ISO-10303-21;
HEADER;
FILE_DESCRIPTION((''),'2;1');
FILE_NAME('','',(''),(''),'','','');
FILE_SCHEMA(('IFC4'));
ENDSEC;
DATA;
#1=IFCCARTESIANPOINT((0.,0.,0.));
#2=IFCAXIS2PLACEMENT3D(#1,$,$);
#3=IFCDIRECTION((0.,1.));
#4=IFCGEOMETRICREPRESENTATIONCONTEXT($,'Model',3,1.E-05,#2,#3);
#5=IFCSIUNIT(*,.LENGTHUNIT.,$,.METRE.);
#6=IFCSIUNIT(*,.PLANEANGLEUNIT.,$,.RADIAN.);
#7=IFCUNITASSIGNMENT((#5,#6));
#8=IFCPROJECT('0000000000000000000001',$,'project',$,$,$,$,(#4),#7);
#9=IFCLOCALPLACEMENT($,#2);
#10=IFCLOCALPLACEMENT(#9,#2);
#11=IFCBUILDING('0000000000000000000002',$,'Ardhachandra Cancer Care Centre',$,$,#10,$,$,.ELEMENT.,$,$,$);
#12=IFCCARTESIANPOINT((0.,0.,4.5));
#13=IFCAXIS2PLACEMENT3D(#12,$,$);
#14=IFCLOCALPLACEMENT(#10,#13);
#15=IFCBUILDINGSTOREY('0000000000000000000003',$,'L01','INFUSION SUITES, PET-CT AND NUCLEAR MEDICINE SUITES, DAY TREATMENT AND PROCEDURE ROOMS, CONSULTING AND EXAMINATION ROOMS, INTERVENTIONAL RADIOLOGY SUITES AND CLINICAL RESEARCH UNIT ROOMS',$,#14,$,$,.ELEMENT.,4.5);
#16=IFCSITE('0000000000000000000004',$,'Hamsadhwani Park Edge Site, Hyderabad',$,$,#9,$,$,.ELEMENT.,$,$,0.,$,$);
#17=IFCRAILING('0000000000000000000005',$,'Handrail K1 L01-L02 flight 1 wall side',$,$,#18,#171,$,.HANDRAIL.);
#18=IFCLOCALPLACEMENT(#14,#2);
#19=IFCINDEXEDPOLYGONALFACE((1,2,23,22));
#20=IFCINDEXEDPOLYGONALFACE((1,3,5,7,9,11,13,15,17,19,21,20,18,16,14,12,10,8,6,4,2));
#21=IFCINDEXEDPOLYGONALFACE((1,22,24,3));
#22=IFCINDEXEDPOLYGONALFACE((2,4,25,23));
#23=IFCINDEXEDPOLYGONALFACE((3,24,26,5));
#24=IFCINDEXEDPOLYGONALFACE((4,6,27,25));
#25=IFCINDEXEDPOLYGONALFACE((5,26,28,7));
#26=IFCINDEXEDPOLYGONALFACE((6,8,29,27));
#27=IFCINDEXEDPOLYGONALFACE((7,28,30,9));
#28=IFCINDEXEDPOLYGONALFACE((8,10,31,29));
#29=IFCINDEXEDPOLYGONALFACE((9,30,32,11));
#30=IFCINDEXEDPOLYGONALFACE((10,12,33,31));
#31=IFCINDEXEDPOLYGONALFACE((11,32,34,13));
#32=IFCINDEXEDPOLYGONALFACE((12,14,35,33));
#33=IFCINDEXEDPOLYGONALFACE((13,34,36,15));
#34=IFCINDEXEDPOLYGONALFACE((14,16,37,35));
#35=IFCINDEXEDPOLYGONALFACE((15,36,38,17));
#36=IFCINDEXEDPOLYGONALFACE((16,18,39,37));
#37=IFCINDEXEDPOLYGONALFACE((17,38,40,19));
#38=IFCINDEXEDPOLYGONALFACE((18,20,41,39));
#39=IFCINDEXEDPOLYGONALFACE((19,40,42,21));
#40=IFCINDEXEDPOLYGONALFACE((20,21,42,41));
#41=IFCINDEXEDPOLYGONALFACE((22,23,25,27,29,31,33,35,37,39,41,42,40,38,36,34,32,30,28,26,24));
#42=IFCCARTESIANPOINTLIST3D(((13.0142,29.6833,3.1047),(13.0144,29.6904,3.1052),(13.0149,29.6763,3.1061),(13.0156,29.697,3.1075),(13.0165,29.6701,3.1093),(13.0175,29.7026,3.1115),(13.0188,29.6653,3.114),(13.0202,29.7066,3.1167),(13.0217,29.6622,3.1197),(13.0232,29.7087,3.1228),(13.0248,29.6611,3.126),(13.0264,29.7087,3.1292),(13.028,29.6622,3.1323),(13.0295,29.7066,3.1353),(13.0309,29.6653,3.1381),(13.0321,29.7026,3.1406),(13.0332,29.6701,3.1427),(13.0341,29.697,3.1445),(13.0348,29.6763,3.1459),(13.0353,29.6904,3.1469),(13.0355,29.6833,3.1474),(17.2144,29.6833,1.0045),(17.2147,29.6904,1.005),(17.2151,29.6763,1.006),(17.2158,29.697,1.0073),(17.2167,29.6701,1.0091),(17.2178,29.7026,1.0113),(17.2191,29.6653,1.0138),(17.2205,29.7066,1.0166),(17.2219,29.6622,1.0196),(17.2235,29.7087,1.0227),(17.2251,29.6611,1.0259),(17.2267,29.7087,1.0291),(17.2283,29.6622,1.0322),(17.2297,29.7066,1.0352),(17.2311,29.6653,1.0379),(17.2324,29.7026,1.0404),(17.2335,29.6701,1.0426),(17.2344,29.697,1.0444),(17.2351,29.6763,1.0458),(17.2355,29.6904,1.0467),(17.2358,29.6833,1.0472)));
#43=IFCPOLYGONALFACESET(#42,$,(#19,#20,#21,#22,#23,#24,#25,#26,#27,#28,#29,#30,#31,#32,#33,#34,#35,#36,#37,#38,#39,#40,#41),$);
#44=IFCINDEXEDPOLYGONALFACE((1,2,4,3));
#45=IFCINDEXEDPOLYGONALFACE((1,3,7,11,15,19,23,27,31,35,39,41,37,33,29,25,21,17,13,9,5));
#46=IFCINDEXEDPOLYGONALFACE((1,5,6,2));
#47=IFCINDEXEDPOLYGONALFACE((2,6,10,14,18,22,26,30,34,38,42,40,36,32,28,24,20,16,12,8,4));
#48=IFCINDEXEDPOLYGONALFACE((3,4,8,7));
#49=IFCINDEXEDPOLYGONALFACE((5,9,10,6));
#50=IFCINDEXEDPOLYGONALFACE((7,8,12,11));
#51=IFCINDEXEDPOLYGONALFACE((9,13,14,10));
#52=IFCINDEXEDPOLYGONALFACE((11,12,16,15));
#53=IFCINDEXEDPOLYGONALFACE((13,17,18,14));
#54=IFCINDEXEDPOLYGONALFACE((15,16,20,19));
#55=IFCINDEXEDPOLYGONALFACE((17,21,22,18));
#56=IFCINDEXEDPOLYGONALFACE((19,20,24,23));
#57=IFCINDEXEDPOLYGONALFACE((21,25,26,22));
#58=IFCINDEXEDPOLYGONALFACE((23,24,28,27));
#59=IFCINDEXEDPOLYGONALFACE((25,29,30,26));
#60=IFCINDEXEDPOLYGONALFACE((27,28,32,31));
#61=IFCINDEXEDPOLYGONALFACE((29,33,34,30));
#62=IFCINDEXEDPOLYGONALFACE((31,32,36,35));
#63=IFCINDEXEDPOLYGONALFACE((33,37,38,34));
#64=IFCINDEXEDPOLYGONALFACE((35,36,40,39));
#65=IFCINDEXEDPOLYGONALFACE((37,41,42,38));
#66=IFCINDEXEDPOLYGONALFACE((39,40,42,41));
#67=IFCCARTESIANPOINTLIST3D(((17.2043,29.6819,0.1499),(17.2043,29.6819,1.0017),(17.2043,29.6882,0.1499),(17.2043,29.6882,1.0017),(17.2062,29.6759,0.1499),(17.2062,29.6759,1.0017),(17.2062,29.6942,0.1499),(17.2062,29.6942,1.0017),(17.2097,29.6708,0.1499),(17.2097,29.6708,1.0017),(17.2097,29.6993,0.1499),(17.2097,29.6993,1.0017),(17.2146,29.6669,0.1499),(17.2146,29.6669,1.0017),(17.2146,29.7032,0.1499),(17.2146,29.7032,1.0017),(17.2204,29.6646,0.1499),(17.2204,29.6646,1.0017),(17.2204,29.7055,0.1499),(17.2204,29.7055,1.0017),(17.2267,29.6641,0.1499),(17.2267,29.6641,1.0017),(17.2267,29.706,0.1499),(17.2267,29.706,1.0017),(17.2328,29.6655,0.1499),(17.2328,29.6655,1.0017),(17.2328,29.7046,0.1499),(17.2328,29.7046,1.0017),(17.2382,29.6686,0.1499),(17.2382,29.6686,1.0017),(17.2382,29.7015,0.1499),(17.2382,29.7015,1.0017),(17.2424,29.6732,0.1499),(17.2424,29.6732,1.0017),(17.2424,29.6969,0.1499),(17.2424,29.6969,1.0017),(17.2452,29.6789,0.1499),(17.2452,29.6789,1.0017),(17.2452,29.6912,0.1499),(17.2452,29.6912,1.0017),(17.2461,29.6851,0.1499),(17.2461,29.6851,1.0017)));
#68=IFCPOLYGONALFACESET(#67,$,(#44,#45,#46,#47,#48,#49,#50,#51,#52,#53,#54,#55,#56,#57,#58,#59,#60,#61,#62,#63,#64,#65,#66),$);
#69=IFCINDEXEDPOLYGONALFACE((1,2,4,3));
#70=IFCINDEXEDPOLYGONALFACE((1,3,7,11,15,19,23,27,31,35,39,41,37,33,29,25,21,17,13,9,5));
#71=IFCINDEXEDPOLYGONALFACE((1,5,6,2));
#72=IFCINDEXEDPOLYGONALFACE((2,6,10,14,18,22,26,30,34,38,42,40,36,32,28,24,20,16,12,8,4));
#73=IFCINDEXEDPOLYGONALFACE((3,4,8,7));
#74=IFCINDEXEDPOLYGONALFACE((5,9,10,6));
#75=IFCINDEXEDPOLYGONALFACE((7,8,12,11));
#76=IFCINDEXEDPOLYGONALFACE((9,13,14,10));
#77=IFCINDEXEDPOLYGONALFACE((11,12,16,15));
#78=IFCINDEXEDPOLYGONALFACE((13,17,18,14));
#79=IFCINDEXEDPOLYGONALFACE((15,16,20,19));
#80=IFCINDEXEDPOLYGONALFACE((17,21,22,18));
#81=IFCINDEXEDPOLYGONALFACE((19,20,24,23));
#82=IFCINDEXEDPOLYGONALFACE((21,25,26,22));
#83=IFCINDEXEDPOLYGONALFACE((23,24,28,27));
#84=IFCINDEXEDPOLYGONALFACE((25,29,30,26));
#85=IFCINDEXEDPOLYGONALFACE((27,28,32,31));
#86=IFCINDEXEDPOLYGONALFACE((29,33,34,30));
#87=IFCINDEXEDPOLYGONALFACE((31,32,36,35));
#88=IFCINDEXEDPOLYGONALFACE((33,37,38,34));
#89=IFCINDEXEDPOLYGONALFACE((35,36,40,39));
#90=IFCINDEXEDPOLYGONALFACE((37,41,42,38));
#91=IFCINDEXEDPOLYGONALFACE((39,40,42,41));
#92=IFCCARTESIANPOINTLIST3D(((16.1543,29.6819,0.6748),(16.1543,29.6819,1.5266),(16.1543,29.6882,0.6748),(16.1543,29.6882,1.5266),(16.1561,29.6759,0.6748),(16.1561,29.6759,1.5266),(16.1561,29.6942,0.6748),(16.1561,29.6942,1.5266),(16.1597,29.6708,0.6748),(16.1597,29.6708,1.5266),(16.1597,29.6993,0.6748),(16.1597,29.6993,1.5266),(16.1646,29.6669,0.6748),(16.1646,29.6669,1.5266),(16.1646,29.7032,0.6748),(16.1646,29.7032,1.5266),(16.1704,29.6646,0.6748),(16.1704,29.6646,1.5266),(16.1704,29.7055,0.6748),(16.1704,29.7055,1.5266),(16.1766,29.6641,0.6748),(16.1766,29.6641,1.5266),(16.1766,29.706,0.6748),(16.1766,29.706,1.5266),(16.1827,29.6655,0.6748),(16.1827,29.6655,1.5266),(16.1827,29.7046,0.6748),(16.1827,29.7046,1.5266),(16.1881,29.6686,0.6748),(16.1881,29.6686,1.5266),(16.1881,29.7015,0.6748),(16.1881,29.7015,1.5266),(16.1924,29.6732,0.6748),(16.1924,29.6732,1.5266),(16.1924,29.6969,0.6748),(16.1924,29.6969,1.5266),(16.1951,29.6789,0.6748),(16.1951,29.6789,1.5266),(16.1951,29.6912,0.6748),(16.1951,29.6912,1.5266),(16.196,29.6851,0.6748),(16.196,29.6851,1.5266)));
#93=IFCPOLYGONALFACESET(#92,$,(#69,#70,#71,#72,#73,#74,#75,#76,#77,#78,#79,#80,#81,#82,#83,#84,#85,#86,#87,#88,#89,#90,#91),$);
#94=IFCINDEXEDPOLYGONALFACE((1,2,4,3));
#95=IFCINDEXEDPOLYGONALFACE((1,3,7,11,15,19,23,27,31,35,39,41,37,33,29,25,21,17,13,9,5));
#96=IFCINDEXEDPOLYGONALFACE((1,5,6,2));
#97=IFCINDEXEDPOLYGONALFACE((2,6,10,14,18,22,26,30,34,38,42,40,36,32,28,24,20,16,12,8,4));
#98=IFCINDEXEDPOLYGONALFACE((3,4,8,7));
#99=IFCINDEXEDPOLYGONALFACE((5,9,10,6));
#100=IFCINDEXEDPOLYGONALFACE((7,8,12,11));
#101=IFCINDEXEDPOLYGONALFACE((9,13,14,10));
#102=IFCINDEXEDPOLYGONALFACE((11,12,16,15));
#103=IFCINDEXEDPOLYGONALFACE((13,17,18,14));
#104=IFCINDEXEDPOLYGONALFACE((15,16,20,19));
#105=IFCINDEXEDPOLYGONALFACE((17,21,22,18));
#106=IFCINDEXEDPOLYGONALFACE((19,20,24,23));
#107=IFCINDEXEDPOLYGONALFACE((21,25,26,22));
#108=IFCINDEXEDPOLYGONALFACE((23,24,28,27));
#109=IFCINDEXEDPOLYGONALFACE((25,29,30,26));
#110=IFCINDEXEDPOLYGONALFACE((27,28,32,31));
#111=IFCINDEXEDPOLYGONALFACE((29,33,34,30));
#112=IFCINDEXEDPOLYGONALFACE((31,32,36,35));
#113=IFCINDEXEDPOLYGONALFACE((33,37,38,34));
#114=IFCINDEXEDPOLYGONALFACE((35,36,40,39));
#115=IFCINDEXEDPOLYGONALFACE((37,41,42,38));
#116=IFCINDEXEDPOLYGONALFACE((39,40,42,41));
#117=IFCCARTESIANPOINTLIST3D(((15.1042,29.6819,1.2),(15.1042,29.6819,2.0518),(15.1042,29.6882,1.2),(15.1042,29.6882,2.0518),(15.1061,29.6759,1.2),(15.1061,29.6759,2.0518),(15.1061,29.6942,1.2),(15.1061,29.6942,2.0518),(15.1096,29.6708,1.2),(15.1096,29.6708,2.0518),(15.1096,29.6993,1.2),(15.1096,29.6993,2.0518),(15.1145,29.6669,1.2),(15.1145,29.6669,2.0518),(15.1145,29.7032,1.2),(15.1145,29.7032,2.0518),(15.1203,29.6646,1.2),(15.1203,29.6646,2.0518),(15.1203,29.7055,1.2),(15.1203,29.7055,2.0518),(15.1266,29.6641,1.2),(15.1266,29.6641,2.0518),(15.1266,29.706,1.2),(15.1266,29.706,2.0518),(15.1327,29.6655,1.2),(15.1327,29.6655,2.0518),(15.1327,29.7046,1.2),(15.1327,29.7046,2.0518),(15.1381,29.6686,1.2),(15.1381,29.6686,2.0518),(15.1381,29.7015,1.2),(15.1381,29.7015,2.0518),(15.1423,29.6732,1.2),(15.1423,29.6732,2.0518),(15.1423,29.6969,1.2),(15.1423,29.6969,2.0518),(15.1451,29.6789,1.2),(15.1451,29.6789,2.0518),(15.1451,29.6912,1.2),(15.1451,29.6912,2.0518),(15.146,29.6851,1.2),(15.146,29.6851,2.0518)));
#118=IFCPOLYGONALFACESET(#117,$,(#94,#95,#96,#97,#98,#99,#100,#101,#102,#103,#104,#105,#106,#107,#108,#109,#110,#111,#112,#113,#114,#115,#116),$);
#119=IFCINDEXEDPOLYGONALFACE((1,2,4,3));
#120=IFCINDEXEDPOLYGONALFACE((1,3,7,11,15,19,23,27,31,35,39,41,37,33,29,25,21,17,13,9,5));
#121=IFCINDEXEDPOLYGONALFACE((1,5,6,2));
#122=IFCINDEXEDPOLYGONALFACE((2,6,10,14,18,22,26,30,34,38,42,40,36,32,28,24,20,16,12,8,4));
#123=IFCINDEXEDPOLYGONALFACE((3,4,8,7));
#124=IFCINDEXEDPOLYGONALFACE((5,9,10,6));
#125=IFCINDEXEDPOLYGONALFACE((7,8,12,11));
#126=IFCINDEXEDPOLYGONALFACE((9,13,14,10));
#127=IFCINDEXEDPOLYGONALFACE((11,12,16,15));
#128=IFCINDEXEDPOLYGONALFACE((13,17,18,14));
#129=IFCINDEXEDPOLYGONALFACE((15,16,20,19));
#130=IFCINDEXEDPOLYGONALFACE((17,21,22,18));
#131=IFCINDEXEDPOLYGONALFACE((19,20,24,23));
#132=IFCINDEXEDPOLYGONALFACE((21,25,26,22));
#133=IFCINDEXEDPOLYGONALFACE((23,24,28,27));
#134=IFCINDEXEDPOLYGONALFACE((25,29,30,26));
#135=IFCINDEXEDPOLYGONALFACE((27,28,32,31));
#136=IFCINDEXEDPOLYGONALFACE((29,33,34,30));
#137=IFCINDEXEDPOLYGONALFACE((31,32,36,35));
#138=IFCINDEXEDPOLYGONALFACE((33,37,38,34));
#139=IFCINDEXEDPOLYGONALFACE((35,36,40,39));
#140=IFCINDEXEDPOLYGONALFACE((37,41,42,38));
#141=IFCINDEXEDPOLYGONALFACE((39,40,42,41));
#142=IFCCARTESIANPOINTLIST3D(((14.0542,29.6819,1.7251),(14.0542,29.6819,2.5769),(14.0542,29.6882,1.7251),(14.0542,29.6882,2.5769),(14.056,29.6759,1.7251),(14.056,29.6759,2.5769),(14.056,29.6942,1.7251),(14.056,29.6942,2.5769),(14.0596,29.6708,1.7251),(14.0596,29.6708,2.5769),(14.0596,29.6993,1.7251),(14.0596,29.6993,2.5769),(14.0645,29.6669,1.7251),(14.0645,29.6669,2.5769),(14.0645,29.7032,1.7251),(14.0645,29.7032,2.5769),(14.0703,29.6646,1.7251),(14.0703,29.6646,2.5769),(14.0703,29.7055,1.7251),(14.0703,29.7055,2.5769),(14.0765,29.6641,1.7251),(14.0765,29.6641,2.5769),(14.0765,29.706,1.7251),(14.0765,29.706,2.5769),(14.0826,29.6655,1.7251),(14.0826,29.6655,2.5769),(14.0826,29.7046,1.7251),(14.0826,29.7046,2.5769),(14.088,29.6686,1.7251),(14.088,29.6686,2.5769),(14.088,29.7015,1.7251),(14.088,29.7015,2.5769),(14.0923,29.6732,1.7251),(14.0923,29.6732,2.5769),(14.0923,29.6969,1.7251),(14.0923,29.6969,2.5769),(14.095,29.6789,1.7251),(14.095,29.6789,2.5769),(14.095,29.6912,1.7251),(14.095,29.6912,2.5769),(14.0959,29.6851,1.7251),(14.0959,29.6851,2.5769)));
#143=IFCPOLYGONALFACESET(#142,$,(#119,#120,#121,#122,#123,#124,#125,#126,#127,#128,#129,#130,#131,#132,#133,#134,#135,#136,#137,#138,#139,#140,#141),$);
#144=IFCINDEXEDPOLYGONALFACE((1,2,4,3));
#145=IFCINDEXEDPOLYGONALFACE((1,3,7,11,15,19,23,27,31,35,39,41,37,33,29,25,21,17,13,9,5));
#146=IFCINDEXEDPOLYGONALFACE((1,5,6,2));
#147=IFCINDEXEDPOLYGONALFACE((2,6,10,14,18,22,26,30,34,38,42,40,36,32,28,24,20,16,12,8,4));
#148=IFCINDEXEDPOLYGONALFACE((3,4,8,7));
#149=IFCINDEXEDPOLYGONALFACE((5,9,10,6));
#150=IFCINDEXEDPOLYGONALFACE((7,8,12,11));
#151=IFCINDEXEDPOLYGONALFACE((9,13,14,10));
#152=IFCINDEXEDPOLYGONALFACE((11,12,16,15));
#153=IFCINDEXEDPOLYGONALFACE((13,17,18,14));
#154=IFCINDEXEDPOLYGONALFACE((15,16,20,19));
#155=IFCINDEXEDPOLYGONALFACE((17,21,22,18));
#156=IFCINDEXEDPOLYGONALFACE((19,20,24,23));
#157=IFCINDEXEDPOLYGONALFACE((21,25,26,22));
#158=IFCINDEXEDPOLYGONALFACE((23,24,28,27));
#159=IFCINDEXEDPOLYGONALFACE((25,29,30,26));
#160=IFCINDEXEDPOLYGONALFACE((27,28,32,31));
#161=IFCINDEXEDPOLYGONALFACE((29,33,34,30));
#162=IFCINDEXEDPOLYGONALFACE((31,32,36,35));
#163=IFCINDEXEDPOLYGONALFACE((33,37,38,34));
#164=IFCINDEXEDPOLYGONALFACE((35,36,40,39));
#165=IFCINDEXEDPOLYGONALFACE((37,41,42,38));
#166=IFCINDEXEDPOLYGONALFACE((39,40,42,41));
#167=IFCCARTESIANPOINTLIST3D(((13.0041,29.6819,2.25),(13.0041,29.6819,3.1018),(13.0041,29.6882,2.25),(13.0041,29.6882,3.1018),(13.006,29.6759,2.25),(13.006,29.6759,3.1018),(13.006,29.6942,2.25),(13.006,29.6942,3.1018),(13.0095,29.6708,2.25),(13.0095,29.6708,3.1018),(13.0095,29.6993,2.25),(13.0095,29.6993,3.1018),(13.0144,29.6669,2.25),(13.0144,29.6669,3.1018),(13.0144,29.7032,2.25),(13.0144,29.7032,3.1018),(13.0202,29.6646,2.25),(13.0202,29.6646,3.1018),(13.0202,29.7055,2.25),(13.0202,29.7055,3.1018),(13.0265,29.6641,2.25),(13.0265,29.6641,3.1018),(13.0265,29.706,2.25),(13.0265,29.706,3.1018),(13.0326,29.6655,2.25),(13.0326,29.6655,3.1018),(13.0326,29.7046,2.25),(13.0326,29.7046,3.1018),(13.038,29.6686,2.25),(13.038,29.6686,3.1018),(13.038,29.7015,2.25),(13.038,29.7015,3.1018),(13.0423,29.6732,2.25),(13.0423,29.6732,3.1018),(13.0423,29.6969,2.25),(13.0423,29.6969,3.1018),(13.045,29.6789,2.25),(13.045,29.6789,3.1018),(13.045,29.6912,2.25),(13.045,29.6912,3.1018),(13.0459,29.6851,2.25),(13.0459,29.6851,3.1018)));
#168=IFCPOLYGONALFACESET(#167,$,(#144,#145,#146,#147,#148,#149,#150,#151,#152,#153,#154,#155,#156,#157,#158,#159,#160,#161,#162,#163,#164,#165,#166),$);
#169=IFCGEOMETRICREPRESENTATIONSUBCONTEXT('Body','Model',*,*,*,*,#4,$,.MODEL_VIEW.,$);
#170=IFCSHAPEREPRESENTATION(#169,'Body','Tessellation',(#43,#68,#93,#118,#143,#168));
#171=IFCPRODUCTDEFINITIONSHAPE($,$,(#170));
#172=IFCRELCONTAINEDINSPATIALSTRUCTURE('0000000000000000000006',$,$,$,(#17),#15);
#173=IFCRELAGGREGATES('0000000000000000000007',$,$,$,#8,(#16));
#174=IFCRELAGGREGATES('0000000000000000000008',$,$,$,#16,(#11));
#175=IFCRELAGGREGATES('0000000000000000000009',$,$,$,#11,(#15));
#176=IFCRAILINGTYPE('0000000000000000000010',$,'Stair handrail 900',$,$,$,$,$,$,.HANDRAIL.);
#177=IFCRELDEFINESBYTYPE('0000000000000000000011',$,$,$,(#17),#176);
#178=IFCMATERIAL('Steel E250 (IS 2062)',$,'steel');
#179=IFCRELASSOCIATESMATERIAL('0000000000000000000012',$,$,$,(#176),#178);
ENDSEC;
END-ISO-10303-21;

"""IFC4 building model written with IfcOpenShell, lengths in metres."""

from ifc_helpers import new_model, si_unit, direction, frame, origin, origin_2d, place, context, subcontext, project, spatial, circle, extrude, material, type_object, element, save


model = new_model("IFC4")

# Units and contexts
model_context = context("Model", 3, precision=1e-05, world=origin(), true_north=direction((0.0, 1.0)))
body_context = subcontext(model_context, "Body", "Model", "MODEL_VIEW")
ifc_project = project(units=[si_unit("LENGTHUNIT", "METRE"), si_unit("PLANEANGLEUNIT", "RADIAN")], contexts=[model_context])

# Site, building, storey
site_placement = place(None, origin())
site = spatial("IfcSite", under=ifc_project, at=site_placement, Name="Hamsadhwani Park Edge Site, Hyderabad", CompositionType="ELEMENT", RefElevation=0.0)
building_placement = place(site_placement, origin())
building = spatial("IfcBuilding", under=site, at=building_placement, Name="Ardhachandra Cancer Care Centre", CompositionType="ELEMENT")
storey_placement = place(building_placement, frame((0.0, 0.0, 4.5)))
storey = spatial("IfcBuildingStorey", under=building, at=storey_placement, Name="L01", Description="INFUSION SUITES, PET-CT AND NUCLEAR MEDICINE SUITES, DAY TREATMENT AND PROCEDURE ROOMS, CONSULTING AND EXAMINATION ROOMS, INTERVENTIONAL RADIOLOGY SUITES AND CLINICAL RESEARCH UNIT ROOMS", CompositionType="ELEMENT", Elevation=4.5)

# Railing
ifc_material_1 = material(Name="Steel E250 (IS 2062)", Category="steel")
railing_type_1 = type_object("IfcRailingType", Name="Stair handrail 900", PredefinedType="HANDRAIL", material=ifc_material_1)
for number, where, name in (
    (1, (17.2251, 29.6851, 0.1499), "Handrail K1 L01-L02 flight 1 wall side"),
):
    element("IfcRailing", number, at=place(storey_placement, frame(where)), inside=storey, type_object=railing_type_1, Name=name, PredefinedType="HANDRAIL", context=body_context, shape_type="SweptSolid", body=[
        extrude(circle(Radius=0.0239, at=origin_2d()), frame((0.0, 0.0, 0.876), z_axis=(-0.894427, 0.0, 0.447214), x_axis=(0.0, -1.0, 0.0)), (0.0, 0.0, 1.0), 4.696),
        extrude(circle(Radius=0.021, at=origin_2d()), origin(), (0.0, 0.0, 1.0), 0.8518),
        extrude(circle(Radius=0.021, at=origin_2d()), frame((-1.05, 0.0, 0.5249)), (0.0, 0.0, 1.0), 0.8518),
        extrude(circle(Radius=0.021, at=origin_2d()), frame((-2.1001, 0.0, 1.05)), (0.0, 0.0, 1.0), 0.8518),
        extrude(circle(Radius=0.021, at=origin_2d()), frame((-3.1501, 0.0, 1.5752)), (0.0, 0.0, 1.0), 0.8518),
        extrude(circle(Radius=0.021, at=origin_2d()), frame((-4.2002, 0.0, 2.1001)), (0.0, 0.0, 1.0), 0.8518),
    ])

save(model, "model.ifc")
